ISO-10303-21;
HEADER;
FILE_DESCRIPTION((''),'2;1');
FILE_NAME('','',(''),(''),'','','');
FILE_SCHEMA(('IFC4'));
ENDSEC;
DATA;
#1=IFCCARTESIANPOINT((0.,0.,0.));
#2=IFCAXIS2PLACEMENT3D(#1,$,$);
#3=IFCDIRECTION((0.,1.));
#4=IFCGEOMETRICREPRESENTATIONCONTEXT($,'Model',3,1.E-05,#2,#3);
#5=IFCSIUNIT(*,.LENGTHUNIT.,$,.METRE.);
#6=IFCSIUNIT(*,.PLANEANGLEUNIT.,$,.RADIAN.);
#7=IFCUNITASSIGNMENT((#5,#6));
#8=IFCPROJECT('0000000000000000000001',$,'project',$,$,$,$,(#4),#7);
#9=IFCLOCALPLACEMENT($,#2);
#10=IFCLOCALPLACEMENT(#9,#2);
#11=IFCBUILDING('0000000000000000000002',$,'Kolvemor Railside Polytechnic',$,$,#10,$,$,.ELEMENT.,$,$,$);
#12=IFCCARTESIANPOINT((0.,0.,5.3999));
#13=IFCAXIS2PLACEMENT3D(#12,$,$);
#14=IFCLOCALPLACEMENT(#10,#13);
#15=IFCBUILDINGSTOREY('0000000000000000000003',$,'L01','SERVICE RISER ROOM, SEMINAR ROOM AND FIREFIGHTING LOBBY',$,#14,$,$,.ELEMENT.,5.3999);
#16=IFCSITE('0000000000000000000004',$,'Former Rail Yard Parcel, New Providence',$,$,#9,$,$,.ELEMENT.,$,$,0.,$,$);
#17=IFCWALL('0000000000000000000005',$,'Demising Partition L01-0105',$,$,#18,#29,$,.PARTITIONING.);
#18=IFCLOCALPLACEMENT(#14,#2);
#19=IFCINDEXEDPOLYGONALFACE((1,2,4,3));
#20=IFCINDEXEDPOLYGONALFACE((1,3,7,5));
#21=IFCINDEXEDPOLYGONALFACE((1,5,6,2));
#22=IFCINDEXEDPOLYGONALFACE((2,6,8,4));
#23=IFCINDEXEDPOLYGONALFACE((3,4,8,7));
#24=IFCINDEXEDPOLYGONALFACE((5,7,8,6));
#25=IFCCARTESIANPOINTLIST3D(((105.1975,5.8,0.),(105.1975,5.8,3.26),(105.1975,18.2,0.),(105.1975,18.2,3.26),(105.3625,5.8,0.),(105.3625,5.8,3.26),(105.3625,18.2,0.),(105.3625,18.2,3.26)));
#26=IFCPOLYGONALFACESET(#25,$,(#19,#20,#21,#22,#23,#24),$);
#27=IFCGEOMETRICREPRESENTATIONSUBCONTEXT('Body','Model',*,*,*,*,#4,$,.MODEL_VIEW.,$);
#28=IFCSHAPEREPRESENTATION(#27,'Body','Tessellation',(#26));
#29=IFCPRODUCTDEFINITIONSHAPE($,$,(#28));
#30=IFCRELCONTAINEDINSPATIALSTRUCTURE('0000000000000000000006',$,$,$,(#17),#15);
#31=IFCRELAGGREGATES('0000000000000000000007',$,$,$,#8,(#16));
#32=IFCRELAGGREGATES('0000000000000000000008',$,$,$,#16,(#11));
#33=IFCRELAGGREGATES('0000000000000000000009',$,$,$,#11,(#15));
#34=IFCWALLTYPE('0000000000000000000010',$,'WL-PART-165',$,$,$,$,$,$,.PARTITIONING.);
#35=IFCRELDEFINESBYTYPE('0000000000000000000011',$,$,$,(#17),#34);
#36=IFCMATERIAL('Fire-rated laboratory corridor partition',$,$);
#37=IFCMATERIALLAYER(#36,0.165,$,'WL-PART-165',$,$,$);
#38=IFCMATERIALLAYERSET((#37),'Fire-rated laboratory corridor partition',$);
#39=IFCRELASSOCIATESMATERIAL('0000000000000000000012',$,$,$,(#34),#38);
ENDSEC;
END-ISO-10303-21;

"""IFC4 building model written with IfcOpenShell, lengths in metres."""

from ifc_helpers import new_model, si_unit, direction, frame, frame_2d, origin, place, context, subcontext, project, spatial, rectangle, extrude, material, layer, layer_set, type_object, element, save


model = new_model("IFC4")

# Units and contexts
model_context = context("Model", 3, precision=1e-05, world=origin(), true_north=direction((0.0, 1.0)))
body_context = subcontext(model_context, "Body", "Model", "MODEL_VIEW")
ifc_project = project(units=[si_unit("LENGTHUNIT", "METRE"), si_unit("PLANEANGLEUNIT", "RADIAN")], contexts=[model_context])

# Site, building, storey
site_placement = place(None, origin())
site = spatial("IfcSite", under=ifc_project, at=site_placement, Name="Former Rail Yard Parcel, New Providence", CompositionType="ELEMENT", RefElevation=0.0)
building_placement = place(site_placement, origin())
building = spatial("IfcBuilding", under=site, at=building_placement, Name="Kolvemor Railside Polytechnic", CompositionType="ELEMENT")
storey_placement = place(building_placement, frame((0.0, 0.0, 5.3999)))
storey = spatial("IfcBuildingStorey", under=building, at=storey_placement, Name="L01", Description="SERVICE RISER ROOM, SEMINAR ROOM AND FIREFIGHTING LOBBY", CompositionType="ELEMENT", Elevation=5.3999)

# Wall
ifc_material_1 = material(Name="Fire-rated laboratory corridor partition")
ifc_layer_1 = layer(ifc_material_1, 0.165, Name="WL-PART-165")
ifc_layer_set_1 = layer_set([ifc_layer_1], Name="Fire-rated laboratory corridor partition")
wall_type_1 = type_object("IfcWallType", Name="WL-PART-165", PredefinedType="PARTITIONING", material=ifc_layer_set_1)
wall_1_placement = place(storey_placement, frame((105.28, 5.8, 0.0), z_axis=(0.0, 0.0, 1.0), x_axis=(0.0, 1.0, 0.0)))
element("IfcWall", 1, at=wall_1_placement, inside=storey, type_object=wall_type_1, Name="Demising Partition L01-0105", PredefinedType="PARTITIONING", context=body_context, shape_type="SweptSolid", body=[
    extrude(rectangle(XDim=12.3999, YDim=0.165, at=frame_2d((6.2, 0.0))), origin(), (0.0, 0.0, 1.0), 3.26),
])

save(model, "model.ifc")
